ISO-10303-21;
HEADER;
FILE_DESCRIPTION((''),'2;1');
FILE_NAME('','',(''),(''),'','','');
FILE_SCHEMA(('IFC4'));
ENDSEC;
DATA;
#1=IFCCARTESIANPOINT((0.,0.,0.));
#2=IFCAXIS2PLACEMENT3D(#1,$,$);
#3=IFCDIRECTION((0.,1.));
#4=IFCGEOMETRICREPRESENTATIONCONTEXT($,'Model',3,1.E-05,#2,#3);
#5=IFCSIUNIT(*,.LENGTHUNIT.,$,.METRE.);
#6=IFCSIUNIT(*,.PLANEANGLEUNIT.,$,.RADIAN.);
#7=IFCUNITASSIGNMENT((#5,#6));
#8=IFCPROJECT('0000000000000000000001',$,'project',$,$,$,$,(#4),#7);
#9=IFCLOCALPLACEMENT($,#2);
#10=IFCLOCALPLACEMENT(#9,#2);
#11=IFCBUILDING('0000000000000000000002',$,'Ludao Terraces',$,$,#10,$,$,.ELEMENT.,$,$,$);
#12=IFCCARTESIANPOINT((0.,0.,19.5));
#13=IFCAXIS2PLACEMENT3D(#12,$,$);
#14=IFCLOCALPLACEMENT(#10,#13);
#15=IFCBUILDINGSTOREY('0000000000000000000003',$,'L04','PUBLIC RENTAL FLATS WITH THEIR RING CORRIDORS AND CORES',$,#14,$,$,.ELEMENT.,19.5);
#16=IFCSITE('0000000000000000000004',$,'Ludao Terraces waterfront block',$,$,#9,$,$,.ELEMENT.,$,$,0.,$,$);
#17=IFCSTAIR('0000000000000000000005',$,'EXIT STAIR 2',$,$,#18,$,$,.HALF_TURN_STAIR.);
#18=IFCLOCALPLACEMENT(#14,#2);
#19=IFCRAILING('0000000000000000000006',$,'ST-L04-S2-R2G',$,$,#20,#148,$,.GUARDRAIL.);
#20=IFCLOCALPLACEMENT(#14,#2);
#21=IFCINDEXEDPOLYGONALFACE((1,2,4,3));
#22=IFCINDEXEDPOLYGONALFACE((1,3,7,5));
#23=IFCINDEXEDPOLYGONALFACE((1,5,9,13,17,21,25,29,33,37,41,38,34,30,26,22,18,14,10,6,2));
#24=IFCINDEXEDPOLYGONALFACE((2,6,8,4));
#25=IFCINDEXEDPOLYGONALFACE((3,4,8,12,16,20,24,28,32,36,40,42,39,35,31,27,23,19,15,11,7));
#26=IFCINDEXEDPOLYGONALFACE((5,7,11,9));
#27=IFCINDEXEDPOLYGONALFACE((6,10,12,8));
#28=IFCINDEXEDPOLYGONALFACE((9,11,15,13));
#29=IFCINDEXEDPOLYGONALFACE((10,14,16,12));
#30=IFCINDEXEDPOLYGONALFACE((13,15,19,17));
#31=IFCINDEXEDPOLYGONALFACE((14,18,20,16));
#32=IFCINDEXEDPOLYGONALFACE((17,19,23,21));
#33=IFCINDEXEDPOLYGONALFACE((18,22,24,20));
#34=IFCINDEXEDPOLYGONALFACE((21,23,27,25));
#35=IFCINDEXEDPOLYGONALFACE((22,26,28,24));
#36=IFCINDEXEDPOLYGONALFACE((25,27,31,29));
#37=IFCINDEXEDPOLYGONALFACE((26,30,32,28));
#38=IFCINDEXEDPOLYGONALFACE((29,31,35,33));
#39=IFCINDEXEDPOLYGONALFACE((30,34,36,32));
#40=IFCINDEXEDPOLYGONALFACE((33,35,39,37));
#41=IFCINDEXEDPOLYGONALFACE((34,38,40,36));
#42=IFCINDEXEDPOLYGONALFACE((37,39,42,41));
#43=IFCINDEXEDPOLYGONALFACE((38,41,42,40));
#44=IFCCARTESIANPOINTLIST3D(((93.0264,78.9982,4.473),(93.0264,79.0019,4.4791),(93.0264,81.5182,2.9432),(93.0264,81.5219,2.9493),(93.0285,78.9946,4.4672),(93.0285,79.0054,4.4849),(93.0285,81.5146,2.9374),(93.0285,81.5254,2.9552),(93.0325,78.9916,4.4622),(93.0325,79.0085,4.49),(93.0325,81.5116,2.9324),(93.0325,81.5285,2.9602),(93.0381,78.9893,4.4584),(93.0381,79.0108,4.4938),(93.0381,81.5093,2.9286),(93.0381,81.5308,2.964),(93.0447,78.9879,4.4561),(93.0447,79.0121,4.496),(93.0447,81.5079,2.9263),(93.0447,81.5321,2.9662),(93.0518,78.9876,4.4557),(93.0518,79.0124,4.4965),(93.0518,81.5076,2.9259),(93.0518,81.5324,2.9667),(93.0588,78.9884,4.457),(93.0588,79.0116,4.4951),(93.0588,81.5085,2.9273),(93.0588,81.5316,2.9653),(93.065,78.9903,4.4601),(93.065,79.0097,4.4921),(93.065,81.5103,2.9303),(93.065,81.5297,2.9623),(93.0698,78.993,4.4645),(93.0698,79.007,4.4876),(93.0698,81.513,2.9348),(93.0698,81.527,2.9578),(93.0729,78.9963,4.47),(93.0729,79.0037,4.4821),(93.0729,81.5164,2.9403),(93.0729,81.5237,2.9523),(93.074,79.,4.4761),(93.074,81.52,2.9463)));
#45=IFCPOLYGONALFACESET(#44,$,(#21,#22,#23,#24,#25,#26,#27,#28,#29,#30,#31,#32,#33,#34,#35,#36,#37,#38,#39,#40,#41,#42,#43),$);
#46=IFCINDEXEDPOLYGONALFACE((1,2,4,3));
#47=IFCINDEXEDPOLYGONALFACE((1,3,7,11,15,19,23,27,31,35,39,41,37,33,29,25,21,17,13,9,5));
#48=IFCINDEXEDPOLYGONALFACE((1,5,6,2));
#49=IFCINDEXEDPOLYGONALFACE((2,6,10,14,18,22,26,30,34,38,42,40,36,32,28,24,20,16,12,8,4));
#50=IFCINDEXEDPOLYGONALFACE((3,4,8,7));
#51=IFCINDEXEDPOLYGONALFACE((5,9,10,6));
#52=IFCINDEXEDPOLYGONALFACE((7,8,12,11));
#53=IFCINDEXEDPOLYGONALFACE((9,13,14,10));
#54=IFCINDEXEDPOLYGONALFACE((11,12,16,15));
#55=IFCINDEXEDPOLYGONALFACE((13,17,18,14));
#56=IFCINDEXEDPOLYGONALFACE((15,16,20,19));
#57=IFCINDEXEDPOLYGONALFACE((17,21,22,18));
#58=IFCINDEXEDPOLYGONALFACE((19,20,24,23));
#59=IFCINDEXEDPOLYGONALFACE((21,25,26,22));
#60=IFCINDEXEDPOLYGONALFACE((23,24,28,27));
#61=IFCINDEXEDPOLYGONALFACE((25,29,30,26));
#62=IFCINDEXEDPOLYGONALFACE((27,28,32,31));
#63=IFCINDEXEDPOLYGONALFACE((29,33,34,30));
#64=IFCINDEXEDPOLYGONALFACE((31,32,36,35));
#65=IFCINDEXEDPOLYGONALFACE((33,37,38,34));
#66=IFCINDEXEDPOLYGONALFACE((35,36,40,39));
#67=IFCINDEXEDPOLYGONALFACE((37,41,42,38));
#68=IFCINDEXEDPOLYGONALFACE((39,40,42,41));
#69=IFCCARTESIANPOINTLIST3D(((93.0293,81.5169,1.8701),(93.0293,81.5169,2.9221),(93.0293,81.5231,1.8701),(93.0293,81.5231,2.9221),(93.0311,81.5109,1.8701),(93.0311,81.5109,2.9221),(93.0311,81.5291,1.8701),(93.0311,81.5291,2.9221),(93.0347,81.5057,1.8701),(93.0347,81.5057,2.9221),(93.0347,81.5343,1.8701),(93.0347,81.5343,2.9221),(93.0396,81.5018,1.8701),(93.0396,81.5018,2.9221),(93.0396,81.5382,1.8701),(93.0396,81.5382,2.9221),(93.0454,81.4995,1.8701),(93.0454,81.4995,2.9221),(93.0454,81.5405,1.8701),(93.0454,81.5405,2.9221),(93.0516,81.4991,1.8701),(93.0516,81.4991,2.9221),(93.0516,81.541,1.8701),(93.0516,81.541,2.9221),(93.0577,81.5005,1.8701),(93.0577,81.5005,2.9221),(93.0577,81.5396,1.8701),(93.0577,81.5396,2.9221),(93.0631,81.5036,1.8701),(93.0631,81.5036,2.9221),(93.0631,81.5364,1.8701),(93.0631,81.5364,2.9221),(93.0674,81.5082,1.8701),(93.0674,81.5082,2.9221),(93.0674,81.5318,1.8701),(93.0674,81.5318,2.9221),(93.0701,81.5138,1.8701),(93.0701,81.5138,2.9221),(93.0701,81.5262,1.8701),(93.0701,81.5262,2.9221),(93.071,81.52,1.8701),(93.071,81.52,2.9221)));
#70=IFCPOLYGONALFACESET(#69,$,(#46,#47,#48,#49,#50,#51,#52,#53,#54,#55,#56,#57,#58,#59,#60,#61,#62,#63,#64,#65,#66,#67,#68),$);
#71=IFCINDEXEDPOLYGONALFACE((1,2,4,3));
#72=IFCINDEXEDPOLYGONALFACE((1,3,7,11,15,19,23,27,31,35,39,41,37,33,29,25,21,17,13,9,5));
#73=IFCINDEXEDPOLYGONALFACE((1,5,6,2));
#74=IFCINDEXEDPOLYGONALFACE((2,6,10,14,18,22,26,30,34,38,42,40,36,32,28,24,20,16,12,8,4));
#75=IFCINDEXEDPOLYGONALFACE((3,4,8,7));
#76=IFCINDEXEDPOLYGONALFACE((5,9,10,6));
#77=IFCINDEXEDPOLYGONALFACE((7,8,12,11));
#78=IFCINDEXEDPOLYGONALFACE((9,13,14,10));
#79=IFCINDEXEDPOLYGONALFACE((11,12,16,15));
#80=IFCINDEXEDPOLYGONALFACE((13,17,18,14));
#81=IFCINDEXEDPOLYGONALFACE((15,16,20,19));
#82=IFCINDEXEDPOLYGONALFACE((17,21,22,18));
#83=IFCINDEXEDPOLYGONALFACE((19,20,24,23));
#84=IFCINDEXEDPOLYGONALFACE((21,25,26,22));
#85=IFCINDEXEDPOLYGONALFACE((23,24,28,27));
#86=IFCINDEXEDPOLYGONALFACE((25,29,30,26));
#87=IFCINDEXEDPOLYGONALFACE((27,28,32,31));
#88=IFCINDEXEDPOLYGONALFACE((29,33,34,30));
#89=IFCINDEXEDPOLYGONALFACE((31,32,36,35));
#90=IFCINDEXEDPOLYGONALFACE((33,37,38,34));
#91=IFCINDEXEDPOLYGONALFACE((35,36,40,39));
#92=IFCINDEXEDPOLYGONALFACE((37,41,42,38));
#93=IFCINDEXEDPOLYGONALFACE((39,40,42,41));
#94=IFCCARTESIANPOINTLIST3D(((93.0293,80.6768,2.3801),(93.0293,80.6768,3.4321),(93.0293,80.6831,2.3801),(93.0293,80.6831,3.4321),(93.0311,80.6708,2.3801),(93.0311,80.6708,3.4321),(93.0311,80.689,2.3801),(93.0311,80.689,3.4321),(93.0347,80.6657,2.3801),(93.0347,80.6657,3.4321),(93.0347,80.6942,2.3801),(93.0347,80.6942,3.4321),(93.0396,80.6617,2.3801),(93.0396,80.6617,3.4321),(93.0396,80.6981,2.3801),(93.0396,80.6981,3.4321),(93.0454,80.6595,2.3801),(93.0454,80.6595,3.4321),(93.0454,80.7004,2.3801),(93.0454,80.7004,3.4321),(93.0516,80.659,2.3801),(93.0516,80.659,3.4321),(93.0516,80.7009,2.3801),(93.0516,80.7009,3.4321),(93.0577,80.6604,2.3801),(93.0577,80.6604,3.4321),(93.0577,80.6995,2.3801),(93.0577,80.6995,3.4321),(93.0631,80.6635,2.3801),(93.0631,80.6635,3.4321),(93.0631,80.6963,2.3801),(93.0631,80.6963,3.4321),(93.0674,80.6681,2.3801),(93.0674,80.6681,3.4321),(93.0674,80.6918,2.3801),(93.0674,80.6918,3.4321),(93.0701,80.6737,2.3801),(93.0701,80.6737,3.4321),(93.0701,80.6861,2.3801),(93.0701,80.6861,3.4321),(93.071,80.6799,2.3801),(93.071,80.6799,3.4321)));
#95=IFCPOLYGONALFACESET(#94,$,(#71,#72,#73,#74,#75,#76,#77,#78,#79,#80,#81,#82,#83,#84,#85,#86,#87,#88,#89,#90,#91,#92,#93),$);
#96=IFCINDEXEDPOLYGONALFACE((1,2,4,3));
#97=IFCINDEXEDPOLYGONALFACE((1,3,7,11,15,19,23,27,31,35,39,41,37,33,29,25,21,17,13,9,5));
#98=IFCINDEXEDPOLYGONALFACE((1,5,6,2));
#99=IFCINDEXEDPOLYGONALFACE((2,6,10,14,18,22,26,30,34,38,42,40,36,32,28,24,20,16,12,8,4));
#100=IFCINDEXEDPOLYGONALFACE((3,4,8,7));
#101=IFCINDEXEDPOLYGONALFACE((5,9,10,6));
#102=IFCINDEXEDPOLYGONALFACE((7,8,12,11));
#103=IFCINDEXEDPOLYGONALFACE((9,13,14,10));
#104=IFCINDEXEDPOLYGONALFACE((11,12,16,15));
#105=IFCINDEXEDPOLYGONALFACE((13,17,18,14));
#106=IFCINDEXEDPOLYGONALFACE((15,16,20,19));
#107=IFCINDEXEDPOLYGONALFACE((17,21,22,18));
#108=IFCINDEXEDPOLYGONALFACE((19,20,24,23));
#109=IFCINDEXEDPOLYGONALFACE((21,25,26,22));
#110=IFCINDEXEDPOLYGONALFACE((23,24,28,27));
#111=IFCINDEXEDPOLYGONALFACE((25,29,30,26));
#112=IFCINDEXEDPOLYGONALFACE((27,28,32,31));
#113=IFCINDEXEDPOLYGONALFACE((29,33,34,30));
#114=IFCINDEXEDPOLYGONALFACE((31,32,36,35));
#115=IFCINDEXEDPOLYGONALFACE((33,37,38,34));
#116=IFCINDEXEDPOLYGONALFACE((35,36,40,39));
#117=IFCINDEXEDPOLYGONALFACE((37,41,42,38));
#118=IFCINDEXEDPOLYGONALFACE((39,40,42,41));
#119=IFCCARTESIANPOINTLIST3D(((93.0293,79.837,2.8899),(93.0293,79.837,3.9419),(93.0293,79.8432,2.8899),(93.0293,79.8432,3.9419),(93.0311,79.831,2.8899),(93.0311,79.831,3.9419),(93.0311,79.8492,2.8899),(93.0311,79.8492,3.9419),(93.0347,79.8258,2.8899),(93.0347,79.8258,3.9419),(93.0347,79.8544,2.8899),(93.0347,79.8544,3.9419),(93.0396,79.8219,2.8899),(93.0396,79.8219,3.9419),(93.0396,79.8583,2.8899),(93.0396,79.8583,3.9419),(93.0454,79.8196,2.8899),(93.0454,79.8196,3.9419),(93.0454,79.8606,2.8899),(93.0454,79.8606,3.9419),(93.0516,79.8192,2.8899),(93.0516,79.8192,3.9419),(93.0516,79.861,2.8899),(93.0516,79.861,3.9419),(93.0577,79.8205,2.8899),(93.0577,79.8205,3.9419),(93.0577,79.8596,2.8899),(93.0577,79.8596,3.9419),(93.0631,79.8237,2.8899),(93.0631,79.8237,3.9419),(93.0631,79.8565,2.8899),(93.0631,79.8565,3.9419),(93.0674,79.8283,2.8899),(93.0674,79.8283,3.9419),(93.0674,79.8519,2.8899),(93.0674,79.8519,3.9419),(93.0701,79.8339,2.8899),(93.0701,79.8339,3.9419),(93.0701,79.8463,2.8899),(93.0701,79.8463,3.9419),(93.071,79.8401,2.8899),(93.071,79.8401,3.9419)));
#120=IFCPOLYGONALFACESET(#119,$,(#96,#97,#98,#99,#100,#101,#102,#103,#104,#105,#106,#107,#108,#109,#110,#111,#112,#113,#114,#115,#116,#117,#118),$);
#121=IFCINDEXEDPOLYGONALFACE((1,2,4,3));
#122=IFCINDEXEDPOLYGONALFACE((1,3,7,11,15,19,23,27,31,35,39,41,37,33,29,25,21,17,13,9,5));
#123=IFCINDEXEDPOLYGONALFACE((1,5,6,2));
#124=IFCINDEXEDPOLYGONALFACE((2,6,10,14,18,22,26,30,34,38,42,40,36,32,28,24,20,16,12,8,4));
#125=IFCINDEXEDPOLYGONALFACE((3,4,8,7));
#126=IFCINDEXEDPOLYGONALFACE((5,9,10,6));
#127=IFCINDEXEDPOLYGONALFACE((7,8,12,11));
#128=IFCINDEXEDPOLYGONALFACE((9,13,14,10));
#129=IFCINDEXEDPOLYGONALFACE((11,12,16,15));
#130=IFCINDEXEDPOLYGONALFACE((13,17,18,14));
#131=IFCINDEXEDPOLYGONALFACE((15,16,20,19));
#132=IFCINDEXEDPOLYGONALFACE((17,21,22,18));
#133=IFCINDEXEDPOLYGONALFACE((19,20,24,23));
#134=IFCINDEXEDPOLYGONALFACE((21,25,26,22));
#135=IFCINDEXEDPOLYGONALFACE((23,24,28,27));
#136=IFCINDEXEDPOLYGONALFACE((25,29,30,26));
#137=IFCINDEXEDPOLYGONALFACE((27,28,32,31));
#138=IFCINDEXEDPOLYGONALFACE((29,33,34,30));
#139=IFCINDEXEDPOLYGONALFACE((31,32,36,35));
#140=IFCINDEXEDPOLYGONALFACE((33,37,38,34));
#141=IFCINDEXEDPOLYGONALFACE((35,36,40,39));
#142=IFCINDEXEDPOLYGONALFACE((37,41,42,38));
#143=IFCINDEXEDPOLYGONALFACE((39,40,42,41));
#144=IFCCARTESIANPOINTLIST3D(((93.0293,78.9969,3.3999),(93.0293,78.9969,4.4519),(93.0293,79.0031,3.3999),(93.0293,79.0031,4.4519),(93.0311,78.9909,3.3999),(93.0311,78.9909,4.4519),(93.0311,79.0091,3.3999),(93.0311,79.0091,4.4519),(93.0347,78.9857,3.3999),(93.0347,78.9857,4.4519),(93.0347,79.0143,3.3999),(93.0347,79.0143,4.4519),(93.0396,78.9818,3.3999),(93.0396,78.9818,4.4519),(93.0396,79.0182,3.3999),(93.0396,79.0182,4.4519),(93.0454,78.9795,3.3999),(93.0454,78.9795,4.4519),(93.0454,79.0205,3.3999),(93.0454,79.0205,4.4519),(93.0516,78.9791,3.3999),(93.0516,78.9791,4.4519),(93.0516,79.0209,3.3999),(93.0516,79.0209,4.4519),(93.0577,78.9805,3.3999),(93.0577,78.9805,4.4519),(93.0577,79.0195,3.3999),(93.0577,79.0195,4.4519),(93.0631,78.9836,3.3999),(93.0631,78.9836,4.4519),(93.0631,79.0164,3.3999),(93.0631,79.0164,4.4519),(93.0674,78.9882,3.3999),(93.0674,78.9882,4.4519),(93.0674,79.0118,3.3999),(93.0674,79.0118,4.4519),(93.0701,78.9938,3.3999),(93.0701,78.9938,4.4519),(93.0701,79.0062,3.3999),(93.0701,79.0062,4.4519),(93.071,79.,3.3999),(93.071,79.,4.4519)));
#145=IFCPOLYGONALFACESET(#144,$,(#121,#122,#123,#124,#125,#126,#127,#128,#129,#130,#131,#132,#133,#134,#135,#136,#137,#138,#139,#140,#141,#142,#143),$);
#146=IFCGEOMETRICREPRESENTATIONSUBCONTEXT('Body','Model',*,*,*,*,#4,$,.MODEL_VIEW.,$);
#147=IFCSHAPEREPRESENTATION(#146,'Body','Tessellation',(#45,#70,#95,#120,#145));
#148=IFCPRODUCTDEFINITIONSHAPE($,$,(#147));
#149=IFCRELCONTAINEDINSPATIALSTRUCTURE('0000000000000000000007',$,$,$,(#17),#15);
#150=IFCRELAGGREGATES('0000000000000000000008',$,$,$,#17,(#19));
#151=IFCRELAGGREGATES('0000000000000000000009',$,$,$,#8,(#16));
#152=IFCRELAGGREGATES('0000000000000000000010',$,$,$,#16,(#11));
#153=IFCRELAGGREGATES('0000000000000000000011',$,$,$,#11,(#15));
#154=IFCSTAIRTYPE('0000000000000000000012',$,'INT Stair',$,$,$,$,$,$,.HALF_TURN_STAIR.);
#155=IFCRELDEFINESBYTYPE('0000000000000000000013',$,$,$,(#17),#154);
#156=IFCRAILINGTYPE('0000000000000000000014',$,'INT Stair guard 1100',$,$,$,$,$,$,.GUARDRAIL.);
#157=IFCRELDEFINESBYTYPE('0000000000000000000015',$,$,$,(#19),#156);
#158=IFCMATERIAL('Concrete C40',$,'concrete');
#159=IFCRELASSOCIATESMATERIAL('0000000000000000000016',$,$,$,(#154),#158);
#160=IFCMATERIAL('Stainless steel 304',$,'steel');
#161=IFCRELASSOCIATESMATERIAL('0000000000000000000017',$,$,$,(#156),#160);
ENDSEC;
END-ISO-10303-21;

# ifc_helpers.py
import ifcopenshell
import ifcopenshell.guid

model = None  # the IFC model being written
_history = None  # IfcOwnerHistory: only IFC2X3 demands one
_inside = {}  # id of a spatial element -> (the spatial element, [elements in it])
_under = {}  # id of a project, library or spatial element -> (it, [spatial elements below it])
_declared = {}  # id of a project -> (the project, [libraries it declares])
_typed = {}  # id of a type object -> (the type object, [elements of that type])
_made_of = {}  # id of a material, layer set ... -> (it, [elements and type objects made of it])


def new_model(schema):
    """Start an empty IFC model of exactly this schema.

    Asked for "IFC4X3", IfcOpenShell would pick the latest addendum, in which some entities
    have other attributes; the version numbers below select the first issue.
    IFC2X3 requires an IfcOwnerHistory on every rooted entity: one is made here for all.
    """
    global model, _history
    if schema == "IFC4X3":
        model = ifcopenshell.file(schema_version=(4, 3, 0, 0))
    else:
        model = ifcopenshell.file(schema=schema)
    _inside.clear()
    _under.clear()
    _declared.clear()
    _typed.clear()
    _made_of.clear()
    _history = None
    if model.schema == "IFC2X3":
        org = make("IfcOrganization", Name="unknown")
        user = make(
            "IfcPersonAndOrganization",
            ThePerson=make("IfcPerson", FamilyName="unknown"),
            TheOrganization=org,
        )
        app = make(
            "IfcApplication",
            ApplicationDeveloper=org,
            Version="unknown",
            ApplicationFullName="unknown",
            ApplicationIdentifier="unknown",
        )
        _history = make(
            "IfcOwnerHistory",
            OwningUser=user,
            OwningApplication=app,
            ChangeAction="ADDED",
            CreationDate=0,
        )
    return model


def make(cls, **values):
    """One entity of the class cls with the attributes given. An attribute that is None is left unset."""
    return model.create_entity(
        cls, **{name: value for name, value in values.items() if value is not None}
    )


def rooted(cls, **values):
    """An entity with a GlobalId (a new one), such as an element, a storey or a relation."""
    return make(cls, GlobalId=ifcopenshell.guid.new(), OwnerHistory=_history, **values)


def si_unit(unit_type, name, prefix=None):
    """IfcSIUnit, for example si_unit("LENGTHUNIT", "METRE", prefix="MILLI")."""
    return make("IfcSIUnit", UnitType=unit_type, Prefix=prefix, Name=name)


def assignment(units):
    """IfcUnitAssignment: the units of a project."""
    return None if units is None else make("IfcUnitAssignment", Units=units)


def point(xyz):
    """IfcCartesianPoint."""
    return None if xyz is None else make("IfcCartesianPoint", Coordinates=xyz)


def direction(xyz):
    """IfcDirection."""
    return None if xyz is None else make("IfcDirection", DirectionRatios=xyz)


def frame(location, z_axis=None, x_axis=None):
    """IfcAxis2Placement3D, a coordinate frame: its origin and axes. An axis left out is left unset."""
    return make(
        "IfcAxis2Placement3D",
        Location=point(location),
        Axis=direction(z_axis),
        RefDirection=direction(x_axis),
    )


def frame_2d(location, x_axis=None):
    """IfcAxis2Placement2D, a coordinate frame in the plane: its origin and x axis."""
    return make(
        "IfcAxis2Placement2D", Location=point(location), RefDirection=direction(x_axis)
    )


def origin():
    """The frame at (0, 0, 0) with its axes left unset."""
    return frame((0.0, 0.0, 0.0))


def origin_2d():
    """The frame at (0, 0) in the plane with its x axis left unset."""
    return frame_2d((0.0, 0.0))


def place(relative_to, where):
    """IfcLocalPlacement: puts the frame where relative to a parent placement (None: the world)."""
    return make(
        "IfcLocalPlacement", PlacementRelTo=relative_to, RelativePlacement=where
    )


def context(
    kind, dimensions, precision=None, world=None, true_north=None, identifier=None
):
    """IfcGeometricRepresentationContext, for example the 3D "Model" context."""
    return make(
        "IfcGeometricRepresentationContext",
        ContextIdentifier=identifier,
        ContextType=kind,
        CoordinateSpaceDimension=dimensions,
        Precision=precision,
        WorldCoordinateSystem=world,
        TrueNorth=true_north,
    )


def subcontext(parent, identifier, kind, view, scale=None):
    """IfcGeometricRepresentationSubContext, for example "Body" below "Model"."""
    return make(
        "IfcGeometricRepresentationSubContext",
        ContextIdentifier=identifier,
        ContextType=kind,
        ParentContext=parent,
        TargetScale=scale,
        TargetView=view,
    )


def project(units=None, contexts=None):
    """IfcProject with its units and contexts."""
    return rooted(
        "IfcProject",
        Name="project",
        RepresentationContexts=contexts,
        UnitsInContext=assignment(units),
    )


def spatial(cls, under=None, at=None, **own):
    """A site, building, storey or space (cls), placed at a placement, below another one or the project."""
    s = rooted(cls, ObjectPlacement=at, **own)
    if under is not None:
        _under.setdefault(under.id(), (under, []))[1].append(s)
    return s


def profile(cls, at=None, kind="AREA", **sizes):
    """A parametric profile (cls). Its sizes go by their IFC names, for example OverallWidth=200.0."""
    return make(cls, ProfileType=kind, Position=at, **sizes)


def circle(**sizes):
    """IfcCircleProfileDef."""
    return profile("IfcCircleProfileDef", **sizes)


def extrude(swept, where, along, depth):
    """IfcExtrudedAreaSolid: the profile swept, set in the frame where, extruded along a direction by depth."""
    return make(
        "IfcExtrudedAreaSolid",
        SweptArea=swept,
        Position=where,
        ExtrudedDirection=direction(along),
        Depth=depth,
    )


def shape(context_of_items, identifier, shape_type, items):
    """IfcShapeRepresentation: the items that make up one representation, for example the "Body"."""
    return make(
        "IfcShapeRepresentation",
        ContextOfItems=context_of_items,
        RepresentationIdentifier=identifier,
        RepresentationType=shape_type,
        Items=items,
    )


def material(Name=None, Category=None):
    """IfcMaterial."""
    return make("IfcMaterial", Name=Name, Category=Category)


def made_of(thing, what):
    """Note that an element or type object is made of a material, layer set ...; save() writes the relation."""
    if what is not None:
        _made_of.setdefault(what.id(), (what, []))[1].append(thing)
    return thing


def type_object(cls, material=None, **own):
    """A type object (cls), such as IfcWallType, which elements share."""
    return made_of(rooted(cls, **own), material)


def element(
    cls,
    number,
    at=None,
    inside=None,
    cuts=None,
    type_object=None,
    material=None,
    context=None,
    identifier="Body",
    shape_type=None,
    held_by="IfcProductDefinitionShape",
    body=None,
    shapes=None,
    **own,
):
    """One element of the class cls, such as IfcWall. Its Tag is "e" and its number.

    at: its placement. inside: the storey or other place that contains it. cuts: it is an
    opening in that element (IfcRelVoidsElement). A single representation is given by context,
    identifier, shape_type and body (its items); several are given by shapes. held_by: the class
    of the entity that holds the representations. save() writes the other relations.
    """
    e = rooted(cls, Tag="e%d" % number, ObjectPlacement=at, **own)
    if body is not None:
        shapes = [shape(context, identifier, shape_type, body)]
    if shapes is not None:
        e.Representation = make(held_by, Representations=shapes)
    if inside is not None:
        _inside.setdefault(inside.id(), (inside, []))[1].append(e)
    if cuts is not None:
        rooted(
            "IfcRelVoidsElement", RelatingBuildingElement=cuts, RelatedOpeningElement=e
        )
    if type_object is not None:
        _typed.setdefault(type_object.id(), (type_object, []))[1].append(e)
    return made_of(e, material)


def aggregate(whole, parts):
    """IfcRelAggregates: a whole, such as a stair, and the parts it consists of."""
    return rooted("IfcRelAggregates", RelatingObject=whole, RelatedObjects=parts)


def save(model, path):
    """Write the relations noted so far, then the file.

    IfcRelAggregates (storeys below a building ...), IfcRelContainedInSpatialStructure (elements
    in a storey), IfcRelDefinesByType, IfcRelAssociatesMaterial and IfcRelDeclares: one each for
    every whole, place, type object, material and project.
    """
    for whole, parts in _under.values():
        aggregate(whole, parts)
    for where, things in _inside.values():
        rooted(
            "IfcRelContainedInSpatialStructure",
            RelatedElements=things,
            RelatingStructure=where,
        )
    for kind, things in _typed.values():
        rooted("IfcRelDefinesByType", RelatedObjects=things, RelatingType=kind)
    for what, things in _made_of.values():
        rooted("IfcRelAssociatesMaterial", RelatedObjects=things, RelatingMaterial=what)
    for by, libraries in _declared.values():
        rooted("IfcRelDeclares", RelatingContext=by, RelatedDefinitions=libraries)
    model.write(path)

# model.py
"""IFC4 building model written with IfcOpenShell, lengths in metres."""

from ifc_helpers import new_model, si_unit, direction, frame, origin, origin_2d, place, context, subcontext, project, spatial, circle, extrude, material, type_object, element, aggregate, save


model = new_model("IFC4")

# Units and contexts
model_context = context("Model", 3, precision=1e-05, world=origin(), true_north=direction((0.0, 1.0)))
body_context = subcontext(model_context, "Body", "Model", "MODEL_VIEW")
ifc_project = project(units=[si_unit("LENGTHUNIT", "METRE"), si_unit("PLANEANGLEUNIT", "RADIAN")], contexts=[model_context])

# Site, building, storey
site_placement = place(None, origin())
site = spatial("IfcSite", under=ifc_project, at=site_placement, Name="Ludao Terraces waterfront block", CompositionType="ELEMENT", RefElevation=0.0)
building_placement = place(site_placement, origin())
building = spatial("IfcBuilding", under=site, at=building_placement, Name="Ludao Terraces", CompositionType="ELEMENT")
storey_placement = place(building_placement, frame((0.0, 0.0, 19.5)))
storey = spatial("IfcBuildingStorey", under=building, at=storey_placement, Name="L04", Description="PUBLIC RENTAL FLATS WITH THEIR RING CORRIDORS AND CORES", CompositionType="ELEMENT", Elevation=19.5)

# Shared definitions
ifc_material_1 = material(Name="Concrete C40", Category="concrete")

# Shared definitions
ifc_material_2 = material(Name="Stainless steel 304", Category="steel")

# Stair, railing
stair_type = type_object("IfcStairType", Name="INT Stair", PredefinedType="HALF_TURN_STAIR", material=ifc_material_1)
stair_placement = place(storey_placement, origin())
stair = element("IfcStair", 1, at=stair_placement, inside=storey, type_object=stair_type, Name="EXIT STAIR 2", PredefinedType="HALF_TURN_STAIR")
railing_type_1 = type_object("IfcRailingType", Name="INT Stair guard 1100", PredefinedType="GUARDRAIL", material=ifc_material_2)
railing_1_placement = place(storey_placement, frame((93.05, 81.52, 1.8701)))
railing_1 = element("IfcRailing", 2, at=railing_1_placement, type_object=railing_type_1, Name="ST-L04-S2-R2G", PredefinedType="GUARDRAIL", context=body_context, shape_type="SweptSolid", body=[
    extrude(circle(Radius=0.0239, at=origin_2d()), frame((0.0, 0.0, 1.0762), z_axis=(0.0, -0.854822, 0.518922), x_axis=(1.0, 0.0, 0.0)), (0.0, 0.0, 1.0), 2.948),
    extrude(circle(Radius=0.021, at=origin_2d()), origin(), (0.0, 0.0, 1.0), 1.052),
    extrude(circle(Radius=0.021, at=origin_2d()), frame((0.0, -0.8401, 0.51)), (0.0, 0.0, 1.0), 1.052),
    extrude(circle(Radius=0.021, at=origin_2d()), frame((0.0, -1.6799, 1.0198)), (0.0, 0.0, 1.0), 1.052),
    extrude(circle(Radius=0.021, at=origin_2d()), frame((0.0, -2.52, 1.5298)), (0.0, 0.0, 1.0), 1.052),
])
aggregate(stair, [railing_1])

save(model, "model.ifc")
